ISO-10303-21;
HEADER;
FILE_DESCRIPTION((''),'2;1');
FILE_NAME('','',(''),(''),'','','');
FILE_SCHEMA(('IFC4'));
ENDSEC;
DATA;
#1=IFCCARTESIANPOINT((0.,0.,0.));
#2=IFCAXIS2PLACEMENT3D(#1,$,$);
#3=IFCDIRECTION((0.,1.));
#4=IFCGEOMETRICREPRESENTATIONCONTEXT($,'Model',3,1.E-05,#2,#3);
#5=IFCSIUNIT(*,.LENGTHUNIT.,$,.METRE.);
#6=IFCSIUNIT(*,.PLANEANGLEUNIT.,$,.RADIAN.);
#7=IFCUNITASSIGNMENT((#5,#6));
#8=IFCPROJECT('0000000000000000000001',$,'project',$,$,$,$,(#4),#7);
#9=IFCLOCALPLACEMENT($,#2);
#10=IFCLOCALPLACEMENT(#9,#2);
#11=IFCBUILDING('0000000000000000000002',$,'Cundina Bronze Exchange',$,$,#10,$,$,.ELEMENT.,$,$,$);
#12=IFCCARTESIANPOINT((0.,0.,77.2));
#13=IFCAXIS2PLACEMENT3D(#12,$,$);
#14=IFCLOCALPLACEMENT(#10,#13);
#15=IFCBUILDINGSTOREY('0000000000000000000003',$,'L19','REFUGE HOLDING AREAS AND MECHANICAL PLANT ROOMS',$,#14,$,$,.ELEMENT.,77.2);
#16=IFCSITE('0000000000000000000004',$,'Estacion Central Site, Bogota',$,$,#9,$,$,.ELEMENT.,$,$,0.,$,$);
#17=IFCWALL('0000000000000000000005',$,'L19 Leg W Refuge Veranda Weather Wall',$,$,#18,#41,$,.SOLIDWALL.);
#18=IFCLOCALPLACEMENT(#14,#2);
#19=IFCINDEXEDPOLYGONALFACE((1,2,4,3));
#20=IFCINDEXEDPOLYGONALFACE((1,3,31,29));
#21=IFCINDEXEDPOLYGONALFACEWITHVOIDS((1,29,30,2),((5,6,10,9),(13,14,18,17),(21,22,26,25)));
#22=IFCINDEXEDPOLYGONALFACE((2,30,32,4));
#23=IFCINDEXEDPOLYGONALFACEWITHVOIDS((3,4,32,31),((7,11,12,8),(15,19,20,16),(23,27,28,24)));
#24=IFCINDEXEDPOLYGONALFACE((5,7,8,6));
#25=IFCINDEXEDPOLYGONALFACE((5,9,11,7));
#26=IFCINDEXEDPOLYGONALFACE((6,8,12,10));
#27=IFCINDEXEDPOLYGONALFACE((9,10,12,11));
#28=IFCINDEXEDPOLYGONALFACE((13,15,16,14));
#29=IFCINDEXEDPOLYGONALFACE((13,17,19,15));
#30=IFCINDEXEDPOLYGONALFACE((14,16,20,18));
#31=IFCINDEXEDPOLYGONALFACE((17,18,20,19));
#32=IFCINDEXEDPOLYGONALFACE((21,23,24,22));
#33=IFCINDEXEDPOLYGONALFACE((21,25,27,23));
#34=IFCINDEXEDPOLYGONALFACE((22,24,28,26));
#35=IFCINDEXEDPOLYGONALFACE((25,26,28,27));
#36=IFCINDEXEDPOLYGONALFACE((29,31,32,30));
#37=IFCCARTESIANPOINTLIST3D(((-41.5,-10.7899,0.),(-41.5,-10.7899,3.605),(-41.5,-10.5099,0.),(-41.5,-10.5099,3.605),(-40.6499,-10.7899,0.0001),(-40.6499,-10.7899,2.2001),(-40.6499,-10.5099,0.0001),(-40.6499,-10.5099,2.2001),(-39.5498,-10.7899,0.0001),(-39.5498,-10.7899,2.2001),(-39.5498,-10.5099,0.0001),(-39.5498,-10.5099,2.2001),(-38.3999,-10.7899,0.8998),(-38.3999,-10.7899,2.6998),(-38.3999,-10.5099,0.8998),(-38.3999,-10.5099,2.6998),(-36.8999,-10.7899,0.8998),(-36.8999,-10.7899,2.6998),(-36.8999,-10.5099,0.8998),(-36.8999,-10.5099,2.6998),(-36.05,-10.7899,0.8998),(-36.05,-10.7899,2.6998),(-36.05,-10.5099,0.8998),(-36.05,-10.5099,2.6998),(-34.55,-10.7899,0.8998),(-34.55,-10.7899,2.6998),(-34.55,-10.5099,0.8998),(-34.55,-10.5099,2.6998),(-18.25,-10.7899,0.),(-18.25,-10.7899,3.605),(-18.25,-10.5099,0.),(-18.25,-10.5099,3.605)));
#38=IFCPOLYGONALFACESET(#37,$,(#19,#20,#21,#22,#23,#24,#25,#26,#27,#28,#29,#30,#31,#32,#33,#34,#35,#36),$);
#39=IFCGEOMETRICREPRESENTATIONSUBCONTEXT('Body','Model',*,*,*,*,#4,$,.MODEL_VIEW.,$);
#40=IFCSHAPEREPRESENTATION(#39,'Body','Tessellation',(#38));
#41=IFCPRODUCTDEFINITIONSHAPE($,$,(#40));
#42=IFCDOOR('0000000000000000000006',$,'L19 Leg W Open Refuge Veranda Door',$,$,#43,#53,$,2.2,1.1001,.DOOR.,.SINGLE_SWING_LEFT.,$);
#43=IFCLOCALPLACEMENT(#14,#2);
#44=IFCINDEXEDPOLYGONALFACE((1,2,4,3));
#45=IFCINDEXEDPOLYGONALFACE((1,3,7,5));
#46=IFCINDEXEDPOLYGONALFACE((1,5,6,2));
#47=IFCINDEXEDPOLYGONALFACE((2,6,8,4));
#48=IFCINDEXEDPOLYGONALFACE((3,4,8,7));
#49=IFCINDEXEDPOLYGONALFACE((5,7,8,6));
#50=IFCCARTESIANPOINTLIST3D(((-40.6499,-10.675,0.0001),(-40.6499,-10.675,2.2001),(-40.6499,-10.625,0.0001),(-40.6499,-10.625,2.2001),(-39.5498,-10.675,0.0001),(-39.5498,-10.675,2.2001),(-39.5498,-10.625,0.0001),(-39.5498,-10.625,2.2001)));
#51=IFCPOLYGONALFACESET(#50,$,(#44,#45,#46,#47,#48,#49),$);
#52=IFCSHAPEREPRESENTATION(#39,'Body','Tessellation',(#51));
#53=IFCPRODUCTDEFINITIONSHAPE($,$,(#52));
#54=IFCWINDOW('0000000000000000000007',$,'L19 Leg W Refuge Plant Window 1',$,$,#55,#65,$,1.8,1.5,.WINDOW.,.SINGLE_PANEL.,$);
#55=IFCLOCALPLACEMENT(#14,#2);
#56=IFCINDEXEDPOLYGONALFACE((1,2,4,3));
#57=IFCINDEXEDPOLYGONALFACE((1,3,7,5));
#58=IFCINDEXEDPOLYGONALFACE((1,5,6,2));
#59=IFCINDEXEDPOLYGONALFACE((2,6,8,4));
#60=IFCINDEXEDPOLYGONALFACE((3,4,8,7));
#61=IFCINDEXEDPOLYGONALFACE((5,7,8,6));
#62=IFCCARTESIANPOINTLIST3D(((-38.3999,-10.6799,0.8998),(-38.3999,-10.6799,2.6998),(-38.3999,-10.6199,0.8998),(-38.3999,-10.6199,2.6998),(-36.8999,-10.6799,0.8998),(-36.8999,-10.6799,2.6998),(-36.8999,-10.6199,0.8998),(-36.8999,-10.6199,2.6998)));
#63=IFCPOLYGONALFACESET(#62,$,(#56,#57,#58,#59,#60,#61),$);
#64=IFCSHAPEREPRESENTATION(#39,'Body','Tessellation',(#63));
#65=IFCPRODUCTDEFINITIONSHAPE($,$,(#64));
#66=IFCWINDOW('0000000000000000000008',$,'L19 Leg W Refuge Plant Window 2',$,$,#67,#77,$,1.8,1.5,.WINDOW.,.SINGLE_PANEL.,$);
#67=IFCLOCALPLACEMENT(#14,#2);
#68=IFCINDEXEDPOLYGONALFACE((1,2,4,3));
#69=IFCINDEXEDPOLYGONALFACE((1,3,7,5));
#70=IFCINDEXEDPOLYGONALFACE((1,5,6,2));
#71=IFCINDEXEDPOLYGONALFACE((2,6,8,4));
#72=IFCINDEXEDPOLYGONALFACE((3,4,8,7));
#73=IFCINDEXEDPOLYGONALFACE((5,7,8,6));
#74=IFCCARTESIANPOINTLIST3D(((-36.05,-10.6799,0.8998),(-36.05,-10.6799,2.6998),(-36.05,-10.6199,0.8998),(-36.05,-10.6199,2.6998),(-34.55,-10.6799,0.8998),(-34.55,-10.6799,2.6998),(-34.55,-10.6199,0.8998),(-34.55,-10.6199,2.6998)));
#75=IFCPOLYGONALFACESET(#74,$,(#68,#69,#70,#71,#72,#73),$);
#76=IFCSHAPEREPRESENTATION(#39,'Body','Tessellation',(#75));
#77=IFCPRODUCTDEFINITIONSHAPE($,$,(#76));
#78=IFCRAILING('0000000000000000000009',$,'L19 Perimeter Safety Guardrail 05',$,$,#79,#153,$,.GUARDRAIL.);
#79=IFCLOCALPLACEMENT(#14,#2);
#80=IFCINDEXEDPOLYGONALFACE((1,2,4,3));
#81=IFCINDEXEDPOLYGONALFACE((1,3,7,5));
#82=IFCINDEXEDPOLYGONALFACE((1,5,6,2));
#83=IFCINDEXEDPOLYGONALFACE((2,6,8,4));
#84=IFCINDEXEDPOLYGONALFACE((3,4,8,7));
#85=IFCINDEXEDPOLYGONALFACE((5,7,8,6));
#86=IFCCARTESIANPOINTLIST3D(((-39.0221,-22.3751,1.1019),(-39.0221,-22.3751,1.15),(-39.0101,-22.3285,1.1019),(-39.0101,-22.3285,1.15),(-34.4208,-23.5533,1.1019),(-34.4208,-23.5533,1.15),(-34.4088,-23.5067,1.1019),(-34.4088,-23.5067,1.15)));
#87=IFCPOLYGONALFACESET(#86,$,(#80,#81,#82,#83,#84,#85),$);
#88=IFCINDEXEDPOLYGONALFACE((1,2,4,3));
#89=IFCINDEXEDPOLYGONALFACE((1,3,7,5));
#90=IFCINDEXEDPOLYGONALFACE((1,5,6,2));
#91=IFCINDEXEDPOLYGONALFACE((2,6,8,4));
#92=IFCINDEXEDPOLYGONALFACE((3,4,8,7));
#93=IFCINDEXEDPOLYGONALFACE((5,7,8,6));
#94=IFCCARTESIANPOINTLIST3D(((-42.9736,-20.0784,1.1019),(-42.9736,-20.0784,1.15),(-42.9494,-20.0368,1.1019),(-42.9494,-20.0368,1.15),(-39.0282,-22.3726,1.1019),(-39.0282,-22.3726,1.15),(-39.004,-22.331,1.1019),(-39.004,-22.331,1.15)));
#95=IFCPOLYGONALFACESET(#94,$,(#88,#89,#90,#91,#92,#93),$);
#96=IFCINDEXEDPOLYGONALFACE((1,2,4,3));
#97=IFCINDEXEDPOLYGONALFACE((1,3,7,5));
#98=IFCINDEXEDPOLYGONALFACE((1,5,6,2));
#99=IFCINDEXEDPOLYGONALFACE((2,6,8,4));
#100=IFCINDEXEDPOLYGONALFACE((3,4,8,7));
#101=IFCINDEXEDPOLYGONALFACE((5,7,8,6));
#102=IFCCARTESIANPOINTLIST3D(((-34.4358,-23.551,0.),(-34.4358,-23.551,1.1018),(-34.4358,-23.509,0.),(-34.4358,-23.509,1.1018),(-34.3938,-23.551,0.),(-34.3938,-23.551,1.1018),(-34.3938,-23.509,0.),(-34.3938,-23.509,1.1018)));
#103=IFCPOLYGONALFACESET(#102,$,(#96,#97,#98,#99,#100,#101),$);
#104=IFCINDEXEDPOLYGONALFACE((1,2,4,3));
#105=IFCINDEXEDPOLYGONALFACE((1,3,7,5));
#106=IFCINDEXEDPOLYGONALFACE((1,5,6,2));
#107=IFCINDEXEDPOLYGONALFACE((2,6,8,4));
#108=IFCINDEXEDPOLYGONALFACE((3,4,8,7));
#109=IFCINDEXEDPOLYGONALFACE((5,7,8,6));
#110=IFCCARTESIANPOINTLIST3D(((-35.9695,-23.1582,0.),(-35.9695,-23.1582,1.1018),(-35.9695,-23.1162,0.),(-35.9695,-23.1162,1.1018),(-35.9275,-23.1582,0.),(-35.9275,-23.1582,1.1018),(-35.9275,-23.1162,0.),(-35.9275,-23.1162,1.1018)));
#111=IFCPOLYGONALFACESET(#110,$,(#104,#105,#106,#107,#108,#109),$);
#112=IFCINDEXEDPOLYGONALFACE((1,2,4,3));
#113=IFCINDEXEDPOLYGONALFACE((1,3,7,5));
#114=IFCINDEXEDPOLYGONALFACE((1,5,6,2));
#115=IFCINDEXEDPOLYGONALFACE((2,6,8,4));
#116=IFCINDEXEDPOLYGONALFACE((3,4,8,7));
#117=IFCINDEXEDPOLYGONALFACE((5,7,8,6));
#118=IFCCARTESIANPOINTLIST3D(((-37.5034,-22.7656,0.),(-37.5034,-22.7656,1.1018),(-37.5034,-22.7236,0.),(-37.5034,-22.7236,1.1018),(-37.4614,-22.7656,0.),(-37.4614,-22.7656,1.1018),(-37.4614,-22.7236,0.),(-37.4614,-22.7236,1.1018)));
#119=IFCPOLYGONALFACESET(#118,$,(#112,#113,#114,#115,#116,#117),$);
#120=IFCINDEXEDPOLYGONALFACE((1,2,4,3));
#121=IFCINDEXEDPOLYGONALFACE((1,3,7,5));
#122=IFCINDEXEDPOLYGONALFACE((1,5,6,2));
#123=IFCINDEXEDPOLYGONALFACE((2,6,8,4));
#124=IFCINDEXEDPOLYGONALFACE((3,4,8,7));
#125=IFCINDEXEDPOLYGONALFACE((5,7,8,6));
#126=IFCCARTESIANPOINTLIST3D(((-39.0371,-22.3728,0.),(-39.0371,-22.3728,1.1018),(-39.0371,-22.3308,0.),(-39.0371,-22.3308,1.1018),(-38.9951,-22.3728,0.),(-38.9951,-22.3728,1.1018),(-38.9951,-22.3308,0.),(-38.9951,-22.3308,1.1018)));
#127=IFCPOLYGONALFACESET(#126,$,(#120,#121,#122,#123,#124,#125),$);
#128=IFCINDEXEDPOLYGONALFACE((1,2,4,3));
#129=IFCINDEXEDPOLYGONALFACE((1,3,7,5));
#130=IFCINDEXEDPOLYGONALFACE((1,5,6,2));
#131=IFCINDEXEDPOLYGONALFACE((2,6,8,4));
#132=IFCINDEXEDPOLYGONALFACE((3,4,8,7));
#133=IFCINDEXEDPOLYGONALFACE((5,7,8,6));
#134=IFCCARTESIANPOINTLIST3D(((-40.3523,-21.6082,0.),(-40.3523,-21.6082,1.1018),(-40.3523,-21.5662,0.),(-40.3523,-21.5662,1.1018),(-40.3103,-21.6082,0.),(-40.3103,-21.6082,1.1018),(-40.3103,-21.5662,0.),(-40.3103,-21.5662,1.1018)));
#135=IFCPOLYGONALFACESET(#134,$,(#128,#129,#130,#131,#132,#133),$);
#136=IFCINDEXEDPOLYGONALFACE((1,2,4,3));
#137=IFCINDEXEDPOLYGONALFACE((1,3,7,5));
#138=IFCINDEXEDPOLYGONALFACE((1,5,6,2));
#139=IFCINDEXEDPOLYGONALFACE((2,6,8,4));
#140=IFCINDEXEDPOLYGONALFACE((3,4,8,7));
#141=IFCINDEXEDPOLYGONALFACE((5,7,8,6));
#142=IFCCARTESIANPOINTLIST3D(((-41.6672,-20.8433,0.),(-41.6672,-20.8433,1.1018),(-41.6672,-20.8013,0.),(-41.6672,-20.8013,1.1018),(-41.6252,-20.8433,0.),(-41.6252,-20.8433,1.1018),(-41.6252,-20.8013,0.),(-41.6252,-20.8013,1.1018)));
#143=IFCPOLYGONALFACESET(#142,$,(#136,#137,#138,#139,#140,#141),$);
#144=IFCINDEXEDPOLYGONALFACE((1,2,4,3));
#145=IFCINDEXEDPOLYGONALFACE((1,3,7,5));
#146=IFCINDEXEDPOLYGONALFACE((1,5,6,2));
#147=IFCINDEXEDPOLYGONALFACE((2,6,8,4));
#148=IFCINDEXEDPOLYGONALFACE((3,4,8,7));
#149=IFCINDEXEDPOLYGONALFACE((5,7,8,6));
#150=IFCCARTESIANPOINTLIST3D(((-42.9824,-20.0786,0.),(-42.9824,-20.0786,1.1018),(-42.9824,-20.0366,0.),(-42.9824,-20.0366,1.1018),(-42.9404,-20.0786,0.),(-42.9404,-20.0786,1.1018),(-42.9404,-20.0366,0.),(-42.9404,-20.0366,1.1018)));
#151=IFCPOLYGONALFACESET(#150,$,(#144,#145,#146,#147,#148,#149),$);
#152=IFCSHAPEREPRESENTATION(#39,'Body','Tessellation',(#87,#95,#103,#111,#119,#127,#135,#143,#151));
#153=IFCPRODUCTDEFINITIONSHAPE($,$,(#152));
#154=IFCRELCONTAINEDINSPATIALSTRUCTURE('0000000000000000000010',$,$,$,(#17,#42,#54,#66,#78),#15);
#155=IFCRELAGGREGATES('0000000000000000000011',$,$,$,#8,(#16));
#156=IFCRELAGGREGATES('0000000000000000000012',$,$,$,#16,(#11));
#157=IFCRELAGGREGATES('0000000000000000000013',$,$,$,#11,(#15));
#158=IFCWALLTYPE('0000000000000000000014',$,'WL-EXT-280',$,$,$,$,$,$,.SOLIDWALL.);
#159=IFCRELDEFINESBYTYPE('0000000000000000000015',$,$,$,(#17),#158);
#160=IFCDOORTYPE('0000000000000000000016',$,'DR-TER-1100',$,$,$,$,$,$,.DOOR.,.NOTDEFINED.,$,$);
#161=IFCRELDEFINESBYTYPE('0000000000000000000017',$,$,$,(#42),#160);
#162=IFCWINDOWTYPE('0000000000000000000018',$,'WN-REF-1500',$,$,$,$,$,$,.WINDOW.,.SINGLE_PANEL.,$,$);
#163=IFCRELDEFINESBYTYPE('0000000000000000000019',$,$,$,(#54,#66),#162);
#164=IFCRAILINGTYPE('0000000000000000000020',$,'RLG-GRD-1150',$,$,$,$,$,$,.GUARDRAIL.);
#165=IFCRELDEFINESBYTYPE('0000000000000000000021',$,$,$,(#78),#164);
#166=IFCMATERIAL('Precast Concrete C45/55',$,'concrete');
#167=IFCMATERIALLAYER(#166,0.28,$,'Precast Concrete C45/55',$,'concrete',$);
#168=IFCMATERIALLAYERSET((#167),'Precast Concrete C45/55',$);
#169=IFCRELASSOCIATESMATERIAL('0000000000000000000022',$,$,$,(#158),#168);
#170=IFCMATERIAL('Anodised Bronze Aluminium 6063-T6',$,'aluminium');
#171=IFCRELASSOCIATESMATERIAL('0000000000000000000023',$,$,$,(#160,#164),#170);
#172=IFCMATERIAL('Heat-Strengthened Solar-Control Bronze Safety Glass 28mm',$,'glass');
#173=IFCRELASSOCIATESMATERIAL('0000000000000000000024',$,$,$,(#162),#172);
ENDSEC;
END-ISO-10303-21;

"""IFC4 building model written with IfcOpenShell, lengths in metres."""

from ifc_helpers import new_model, si_unit, direction, frame, frame_2d, origin, origin_2d, place, context, subcontext, project, spatial, rectangle, extrude, material, layer, layer_set, type_object, element, fill, save


model = new_model("IFC4")

# Units and contexts
model_context = context("Model", 3, precision=1e-05, world=origin(), true_north=direction((0.0, 1.0)))
body_context = subcontext(model_context, "Body", "Model", "MODEL_VIEW")
ifc_project = project(units=[si_unit("LENGTHUNIT", "METRE"), si_unit("PLANEANGLEUNIT", "RADIAN")], contexts=[model_context])

# Site, building, storey
site_placement = place(None, origin())
site = spatial("IfcSite", under=ifc_project, at=site_placement, Name="Estacion Central Site, Bogota", CompositionType="ELEMENT", RefElevation=0.0)
building_placement = place(site_placement, origin())
building = spatial("IfcBuilding", under=site, at=building_placement, Name="Cundina Bronze Exchange", CompositionType="ELEMENT")
storey_placement = place(building_placement, frame((0.0, 0.0, 77.2)))
storey = spatial("IfcBuildingStorey", under=building, at=storey_placement, Name="L19", Description="REFUGE HOLDING AREAS AND MECHANICAL PLANT ROOMS", CompositionType="ELEMENT", Elevation=77.2)

# Wall, openings, door, windows
ifc_material_1 = material(Name="Precast Concrete C45/55", Category="concrete")
ifc_layer_1 = layer(ifc_material_1, 0.28, Name="Precast Concrete C45/55", Category="concrete")
ifc_layer_set_1 = layer_set([ifc_layer_1], Name="Precast Concrete C45/55")
wall_type_1 = type_object("IfcWallType", Name="WL-EXT-280", PredefinedType="SOLIDWALL", material=ifc_layer_set_1)
wall_1_placement = place(storey_placement, frame((-41.5, -10.6499, 0.0), z_axis=(0.0, 0.0, 1.0), x_axis=(1.0, 0.0, 0.0)))
wall_1 = element("IfcWall", 1, at=wall_1_placement, inside=storey, type_object=wall_type_1, Name="L19 Leg W Refuge Veranda Weather Wall", PredefinedType="SOLIDWALL", context=body_context, shape_type="SweptSolid", body=[
    extrude(rectangle(XDim=23.25, YDim=0.28, at=frame_2d((11.625, 0.0))), origin(), (0.0, 0.0, 1.0), 3.605),
])
opening_1_placement = place(wall_1_placement, frame((0.8501, 0.0, 0.0)))
opening_1 = element("IfcOpeningElement", 2, at=opening_1_placement, cuts=wall_1, PredefinedType="OPENING", context=body_context, shape_type="SweptSolid", body=[
    extrude(rectangle(XDim=1.1001, YDim=2.2, at=frame_2d((0.55, 1.1001))), frame((0.0, 0.1499, 0.0), z_axis=(0.0, -1.0, 0.0), x_axis=(1.0, 0.0, 0.0)), (0.0, 0.0, 1.0), 0.3),
])
opening_2_placement = place(wall_1_placement, frame((3.1001, 0.0, 0.8999)))
opening_2 = element("IfcOpeningElement", 3, at=opening_2_placement, cuts=wall_1, PredefinedType="OPENING", context=body_context, shape_type="SweptSolid", body=[
    extrude(rectangle(XDim=1.5, YDim=1.8, at=frame_2d((0.75, 0.8999))), frame((0.0, 0.1499, 0.0), z_axis=(0.0, -1.0, 0.0), x_axis=(1.0, 0.0, 0.0)), (0.0, 0.0, 1.0), 0.3),
])
opening_3_placement = place(wall_1_placement, frame((5.45, 0.0, 0.8999)))
opening_3 = element("IfcOpeningElement", 4, at=opening_3_placement, cuts=wall_1, PredefinedType="OPENING", context=body_context, shape_type="SweptSolid", body=[
    extrude(rectangle(XDim=1.5, YDim=1.8, at=frame_2d((0.75, 0.8999))), frame((0.0, 0.1499, 0.0), z_axis=(0.0, -1.0, 0.0), x_axis=(1.0, 0.0, 0.0)), (0.0, 0.0, 1.0), 0.3),
])
ifc_material_2 = material(Name="Anodised Bronze Aluminium 6063-T6", Category="aluminium")
door_type = type_object("IfcDoorType", Name="DR-TER-1100", OperationType="NOTDEFINED", PredefinedType="DOOR", material=ifc_material_2)
door_placement = place(opening_1_placement, origin())
door = element("IfcDoor", 5, at=door_placement, inside=storey, type_object=door_type, Name="L19 Leg W Open Refuge Veranda Door", OperationType="SINGLE_SWING_LEFT", OverallHeight=2.2, OverallWidth=1.1001, PredefinedType="DOOR", context=body_context, shape_type="SweptSolid", body=[
    extrude(rectangle(XDim=1.1001, YDim=2.2, at=frame_2d((0.55, 1.1001))), frame((0.0, 0.0249, 0.0), z_axis=(0.0, -1.0, 0.0), x_axis=(1.0, 0.0, 0.0)), (0.0, 0.0, 1.0), 0.05),
])
fill(opening_1, door)
ifc_material_3 = material(Name="Heat-Strengthened Solar-Control Bronze Safety Glass 28mm", Category="glass")
window_type = type_object("IfcWindowType", Name="WN-REF-1500", PartitioningType="SINGLE_PANEL", PredefinedType="WINDOW", material=ifc_material_3)
window_1_placement = place(opening_2_placement, origin())
window_1 = element("IfcWindow", 6, at=window_1_placement, inside=storey, type_object=window_type, Name="L19 Leg W Refuge Plant Window 1", OverallHeight=1.8, OverallWidth=1.5, PartitioningType="SINGLE_PANEL", PredefinedType="WINDOW", context=body_context, shape_type="SweptSolid", body=[
    extrude(rectangle(XDim=1.5, YDim=1.8, at=frame_2d((0.75, 0.8999))), frame((0.0, 0.03, 0.0), z_axis=(0.0, -1.0, 0.0), x_axis=(1.0, 0.0, 0.0)), (0.0, 0.0, 1.0), 0.0601),
])
fill(opening_2, window_1)
window_2_placement = place(opening_3_placement, origin())
window_2 = element("IfcWindow", 7, at=window_2_placement, inside=storey, type_object=window_type, Name="L19 Leg W Refuge Plant Window 2", OverallHeight=1.8, OverallWidth=1.5, PartitioningType="SINGLE_PANEL", PredefinedType="WINDOW", context=body_context, shape_type="SweptSolid", body=[
    extrude(rectangle(XDim=1.5, YDim=1.8, at=frame_2d((0.75, 0.8999))), frame((0.0, 0.03, 0.0), z_axis=(0.0, -1.0, 0.0), x_axis=(1.0, 0.0, 0.0)), (0.0, 0.0, 1.0), 0.0601),
])
fill(opening_3, window_2)

# Railing
railing_type = type_object("IfcRailingType", Name="RLG-GRD-1150", PredefinedType="GUARDRAIL", material=ifc_material_2)
railing_1_placement = place(storey_placement, frame((-34.4148, -23.53, 0.0)))
element("IfcRailing", 8, at=railing_1_placement, inside=storey, type_object=railing_type, Name="L19 Perimeter Safety Guardrail 05", PredefinedType="GUARDRAIL", context=body_context, shape_type="SweptSolid", body=[
    extrude(rectangle(XDim=0.0481, YDim=0.0481, at=origin_2d()), frame((0.0, 0.0, 1.126), z_axis=(-0.968745, 0.248059, 0.0), x_axis=(-0.248059, -0.968745, 0.0)), (0.0, 0.0, 1.0), 4.7498),
    extrude(rectangle(XDim=0.0481, YDim=0.0481, at=origin_2d()), frame((-4.6013, 1.1782, 1.126), z_axis=(-0.864469, 0.502686, 0.0), x_axis=(-0.502686, -0.864469, 0.0)), (0.0, 0.0, 1.0), 4.564),
    extrude(rectangle(XDim=0.042, YDim=0.042, at=origin_2d()), origin(), (0.0, 0.0, 1.0), 1.1018),
    extrude(rectangle(XDim=0.042, YDim=0.042, at=origin_2d()), frame((-1.5337, 0.3928, 0.0)), (0.0, 0.0, 1.0), 1.1018),
    extrude(rectangle(XDim=0.042, YDim=0.042, at=origin_2d()), frame((-3.0676, 0.7854, 0.0)), (0.0, 0.0, 1.0), 1.1018),
    extrude(rectangle(XDim=0.042, YDim=0.042, at=origin_2d()), frame((-4.6013, 1.1782, 0.0)), (0.0, 0.0, 1.0), 1.1018),
    extrude(rectangle(XDim=0.042, YDim=0.042, at=origin_2d()), frame((-5.9165, 1.9429, 0.0)), (0.0, 0.0, 1.0), 1.1018),
    extrude(rectangle(XDim=0.042, YDim=0.042, at=origin_2d()), frame((-7.2314, 2.7078, 0.0)), (0.0, 0.0, 1.0), 1.1018),
    extrude(rectangle(XDim=0.042, YDim=0.042, at=origin_2d()), frame((-8.5466, 3.4724, 0.0)), (0.0, 0.0, 1.0), 1.1018),
])

save(model, "model.ifc")
